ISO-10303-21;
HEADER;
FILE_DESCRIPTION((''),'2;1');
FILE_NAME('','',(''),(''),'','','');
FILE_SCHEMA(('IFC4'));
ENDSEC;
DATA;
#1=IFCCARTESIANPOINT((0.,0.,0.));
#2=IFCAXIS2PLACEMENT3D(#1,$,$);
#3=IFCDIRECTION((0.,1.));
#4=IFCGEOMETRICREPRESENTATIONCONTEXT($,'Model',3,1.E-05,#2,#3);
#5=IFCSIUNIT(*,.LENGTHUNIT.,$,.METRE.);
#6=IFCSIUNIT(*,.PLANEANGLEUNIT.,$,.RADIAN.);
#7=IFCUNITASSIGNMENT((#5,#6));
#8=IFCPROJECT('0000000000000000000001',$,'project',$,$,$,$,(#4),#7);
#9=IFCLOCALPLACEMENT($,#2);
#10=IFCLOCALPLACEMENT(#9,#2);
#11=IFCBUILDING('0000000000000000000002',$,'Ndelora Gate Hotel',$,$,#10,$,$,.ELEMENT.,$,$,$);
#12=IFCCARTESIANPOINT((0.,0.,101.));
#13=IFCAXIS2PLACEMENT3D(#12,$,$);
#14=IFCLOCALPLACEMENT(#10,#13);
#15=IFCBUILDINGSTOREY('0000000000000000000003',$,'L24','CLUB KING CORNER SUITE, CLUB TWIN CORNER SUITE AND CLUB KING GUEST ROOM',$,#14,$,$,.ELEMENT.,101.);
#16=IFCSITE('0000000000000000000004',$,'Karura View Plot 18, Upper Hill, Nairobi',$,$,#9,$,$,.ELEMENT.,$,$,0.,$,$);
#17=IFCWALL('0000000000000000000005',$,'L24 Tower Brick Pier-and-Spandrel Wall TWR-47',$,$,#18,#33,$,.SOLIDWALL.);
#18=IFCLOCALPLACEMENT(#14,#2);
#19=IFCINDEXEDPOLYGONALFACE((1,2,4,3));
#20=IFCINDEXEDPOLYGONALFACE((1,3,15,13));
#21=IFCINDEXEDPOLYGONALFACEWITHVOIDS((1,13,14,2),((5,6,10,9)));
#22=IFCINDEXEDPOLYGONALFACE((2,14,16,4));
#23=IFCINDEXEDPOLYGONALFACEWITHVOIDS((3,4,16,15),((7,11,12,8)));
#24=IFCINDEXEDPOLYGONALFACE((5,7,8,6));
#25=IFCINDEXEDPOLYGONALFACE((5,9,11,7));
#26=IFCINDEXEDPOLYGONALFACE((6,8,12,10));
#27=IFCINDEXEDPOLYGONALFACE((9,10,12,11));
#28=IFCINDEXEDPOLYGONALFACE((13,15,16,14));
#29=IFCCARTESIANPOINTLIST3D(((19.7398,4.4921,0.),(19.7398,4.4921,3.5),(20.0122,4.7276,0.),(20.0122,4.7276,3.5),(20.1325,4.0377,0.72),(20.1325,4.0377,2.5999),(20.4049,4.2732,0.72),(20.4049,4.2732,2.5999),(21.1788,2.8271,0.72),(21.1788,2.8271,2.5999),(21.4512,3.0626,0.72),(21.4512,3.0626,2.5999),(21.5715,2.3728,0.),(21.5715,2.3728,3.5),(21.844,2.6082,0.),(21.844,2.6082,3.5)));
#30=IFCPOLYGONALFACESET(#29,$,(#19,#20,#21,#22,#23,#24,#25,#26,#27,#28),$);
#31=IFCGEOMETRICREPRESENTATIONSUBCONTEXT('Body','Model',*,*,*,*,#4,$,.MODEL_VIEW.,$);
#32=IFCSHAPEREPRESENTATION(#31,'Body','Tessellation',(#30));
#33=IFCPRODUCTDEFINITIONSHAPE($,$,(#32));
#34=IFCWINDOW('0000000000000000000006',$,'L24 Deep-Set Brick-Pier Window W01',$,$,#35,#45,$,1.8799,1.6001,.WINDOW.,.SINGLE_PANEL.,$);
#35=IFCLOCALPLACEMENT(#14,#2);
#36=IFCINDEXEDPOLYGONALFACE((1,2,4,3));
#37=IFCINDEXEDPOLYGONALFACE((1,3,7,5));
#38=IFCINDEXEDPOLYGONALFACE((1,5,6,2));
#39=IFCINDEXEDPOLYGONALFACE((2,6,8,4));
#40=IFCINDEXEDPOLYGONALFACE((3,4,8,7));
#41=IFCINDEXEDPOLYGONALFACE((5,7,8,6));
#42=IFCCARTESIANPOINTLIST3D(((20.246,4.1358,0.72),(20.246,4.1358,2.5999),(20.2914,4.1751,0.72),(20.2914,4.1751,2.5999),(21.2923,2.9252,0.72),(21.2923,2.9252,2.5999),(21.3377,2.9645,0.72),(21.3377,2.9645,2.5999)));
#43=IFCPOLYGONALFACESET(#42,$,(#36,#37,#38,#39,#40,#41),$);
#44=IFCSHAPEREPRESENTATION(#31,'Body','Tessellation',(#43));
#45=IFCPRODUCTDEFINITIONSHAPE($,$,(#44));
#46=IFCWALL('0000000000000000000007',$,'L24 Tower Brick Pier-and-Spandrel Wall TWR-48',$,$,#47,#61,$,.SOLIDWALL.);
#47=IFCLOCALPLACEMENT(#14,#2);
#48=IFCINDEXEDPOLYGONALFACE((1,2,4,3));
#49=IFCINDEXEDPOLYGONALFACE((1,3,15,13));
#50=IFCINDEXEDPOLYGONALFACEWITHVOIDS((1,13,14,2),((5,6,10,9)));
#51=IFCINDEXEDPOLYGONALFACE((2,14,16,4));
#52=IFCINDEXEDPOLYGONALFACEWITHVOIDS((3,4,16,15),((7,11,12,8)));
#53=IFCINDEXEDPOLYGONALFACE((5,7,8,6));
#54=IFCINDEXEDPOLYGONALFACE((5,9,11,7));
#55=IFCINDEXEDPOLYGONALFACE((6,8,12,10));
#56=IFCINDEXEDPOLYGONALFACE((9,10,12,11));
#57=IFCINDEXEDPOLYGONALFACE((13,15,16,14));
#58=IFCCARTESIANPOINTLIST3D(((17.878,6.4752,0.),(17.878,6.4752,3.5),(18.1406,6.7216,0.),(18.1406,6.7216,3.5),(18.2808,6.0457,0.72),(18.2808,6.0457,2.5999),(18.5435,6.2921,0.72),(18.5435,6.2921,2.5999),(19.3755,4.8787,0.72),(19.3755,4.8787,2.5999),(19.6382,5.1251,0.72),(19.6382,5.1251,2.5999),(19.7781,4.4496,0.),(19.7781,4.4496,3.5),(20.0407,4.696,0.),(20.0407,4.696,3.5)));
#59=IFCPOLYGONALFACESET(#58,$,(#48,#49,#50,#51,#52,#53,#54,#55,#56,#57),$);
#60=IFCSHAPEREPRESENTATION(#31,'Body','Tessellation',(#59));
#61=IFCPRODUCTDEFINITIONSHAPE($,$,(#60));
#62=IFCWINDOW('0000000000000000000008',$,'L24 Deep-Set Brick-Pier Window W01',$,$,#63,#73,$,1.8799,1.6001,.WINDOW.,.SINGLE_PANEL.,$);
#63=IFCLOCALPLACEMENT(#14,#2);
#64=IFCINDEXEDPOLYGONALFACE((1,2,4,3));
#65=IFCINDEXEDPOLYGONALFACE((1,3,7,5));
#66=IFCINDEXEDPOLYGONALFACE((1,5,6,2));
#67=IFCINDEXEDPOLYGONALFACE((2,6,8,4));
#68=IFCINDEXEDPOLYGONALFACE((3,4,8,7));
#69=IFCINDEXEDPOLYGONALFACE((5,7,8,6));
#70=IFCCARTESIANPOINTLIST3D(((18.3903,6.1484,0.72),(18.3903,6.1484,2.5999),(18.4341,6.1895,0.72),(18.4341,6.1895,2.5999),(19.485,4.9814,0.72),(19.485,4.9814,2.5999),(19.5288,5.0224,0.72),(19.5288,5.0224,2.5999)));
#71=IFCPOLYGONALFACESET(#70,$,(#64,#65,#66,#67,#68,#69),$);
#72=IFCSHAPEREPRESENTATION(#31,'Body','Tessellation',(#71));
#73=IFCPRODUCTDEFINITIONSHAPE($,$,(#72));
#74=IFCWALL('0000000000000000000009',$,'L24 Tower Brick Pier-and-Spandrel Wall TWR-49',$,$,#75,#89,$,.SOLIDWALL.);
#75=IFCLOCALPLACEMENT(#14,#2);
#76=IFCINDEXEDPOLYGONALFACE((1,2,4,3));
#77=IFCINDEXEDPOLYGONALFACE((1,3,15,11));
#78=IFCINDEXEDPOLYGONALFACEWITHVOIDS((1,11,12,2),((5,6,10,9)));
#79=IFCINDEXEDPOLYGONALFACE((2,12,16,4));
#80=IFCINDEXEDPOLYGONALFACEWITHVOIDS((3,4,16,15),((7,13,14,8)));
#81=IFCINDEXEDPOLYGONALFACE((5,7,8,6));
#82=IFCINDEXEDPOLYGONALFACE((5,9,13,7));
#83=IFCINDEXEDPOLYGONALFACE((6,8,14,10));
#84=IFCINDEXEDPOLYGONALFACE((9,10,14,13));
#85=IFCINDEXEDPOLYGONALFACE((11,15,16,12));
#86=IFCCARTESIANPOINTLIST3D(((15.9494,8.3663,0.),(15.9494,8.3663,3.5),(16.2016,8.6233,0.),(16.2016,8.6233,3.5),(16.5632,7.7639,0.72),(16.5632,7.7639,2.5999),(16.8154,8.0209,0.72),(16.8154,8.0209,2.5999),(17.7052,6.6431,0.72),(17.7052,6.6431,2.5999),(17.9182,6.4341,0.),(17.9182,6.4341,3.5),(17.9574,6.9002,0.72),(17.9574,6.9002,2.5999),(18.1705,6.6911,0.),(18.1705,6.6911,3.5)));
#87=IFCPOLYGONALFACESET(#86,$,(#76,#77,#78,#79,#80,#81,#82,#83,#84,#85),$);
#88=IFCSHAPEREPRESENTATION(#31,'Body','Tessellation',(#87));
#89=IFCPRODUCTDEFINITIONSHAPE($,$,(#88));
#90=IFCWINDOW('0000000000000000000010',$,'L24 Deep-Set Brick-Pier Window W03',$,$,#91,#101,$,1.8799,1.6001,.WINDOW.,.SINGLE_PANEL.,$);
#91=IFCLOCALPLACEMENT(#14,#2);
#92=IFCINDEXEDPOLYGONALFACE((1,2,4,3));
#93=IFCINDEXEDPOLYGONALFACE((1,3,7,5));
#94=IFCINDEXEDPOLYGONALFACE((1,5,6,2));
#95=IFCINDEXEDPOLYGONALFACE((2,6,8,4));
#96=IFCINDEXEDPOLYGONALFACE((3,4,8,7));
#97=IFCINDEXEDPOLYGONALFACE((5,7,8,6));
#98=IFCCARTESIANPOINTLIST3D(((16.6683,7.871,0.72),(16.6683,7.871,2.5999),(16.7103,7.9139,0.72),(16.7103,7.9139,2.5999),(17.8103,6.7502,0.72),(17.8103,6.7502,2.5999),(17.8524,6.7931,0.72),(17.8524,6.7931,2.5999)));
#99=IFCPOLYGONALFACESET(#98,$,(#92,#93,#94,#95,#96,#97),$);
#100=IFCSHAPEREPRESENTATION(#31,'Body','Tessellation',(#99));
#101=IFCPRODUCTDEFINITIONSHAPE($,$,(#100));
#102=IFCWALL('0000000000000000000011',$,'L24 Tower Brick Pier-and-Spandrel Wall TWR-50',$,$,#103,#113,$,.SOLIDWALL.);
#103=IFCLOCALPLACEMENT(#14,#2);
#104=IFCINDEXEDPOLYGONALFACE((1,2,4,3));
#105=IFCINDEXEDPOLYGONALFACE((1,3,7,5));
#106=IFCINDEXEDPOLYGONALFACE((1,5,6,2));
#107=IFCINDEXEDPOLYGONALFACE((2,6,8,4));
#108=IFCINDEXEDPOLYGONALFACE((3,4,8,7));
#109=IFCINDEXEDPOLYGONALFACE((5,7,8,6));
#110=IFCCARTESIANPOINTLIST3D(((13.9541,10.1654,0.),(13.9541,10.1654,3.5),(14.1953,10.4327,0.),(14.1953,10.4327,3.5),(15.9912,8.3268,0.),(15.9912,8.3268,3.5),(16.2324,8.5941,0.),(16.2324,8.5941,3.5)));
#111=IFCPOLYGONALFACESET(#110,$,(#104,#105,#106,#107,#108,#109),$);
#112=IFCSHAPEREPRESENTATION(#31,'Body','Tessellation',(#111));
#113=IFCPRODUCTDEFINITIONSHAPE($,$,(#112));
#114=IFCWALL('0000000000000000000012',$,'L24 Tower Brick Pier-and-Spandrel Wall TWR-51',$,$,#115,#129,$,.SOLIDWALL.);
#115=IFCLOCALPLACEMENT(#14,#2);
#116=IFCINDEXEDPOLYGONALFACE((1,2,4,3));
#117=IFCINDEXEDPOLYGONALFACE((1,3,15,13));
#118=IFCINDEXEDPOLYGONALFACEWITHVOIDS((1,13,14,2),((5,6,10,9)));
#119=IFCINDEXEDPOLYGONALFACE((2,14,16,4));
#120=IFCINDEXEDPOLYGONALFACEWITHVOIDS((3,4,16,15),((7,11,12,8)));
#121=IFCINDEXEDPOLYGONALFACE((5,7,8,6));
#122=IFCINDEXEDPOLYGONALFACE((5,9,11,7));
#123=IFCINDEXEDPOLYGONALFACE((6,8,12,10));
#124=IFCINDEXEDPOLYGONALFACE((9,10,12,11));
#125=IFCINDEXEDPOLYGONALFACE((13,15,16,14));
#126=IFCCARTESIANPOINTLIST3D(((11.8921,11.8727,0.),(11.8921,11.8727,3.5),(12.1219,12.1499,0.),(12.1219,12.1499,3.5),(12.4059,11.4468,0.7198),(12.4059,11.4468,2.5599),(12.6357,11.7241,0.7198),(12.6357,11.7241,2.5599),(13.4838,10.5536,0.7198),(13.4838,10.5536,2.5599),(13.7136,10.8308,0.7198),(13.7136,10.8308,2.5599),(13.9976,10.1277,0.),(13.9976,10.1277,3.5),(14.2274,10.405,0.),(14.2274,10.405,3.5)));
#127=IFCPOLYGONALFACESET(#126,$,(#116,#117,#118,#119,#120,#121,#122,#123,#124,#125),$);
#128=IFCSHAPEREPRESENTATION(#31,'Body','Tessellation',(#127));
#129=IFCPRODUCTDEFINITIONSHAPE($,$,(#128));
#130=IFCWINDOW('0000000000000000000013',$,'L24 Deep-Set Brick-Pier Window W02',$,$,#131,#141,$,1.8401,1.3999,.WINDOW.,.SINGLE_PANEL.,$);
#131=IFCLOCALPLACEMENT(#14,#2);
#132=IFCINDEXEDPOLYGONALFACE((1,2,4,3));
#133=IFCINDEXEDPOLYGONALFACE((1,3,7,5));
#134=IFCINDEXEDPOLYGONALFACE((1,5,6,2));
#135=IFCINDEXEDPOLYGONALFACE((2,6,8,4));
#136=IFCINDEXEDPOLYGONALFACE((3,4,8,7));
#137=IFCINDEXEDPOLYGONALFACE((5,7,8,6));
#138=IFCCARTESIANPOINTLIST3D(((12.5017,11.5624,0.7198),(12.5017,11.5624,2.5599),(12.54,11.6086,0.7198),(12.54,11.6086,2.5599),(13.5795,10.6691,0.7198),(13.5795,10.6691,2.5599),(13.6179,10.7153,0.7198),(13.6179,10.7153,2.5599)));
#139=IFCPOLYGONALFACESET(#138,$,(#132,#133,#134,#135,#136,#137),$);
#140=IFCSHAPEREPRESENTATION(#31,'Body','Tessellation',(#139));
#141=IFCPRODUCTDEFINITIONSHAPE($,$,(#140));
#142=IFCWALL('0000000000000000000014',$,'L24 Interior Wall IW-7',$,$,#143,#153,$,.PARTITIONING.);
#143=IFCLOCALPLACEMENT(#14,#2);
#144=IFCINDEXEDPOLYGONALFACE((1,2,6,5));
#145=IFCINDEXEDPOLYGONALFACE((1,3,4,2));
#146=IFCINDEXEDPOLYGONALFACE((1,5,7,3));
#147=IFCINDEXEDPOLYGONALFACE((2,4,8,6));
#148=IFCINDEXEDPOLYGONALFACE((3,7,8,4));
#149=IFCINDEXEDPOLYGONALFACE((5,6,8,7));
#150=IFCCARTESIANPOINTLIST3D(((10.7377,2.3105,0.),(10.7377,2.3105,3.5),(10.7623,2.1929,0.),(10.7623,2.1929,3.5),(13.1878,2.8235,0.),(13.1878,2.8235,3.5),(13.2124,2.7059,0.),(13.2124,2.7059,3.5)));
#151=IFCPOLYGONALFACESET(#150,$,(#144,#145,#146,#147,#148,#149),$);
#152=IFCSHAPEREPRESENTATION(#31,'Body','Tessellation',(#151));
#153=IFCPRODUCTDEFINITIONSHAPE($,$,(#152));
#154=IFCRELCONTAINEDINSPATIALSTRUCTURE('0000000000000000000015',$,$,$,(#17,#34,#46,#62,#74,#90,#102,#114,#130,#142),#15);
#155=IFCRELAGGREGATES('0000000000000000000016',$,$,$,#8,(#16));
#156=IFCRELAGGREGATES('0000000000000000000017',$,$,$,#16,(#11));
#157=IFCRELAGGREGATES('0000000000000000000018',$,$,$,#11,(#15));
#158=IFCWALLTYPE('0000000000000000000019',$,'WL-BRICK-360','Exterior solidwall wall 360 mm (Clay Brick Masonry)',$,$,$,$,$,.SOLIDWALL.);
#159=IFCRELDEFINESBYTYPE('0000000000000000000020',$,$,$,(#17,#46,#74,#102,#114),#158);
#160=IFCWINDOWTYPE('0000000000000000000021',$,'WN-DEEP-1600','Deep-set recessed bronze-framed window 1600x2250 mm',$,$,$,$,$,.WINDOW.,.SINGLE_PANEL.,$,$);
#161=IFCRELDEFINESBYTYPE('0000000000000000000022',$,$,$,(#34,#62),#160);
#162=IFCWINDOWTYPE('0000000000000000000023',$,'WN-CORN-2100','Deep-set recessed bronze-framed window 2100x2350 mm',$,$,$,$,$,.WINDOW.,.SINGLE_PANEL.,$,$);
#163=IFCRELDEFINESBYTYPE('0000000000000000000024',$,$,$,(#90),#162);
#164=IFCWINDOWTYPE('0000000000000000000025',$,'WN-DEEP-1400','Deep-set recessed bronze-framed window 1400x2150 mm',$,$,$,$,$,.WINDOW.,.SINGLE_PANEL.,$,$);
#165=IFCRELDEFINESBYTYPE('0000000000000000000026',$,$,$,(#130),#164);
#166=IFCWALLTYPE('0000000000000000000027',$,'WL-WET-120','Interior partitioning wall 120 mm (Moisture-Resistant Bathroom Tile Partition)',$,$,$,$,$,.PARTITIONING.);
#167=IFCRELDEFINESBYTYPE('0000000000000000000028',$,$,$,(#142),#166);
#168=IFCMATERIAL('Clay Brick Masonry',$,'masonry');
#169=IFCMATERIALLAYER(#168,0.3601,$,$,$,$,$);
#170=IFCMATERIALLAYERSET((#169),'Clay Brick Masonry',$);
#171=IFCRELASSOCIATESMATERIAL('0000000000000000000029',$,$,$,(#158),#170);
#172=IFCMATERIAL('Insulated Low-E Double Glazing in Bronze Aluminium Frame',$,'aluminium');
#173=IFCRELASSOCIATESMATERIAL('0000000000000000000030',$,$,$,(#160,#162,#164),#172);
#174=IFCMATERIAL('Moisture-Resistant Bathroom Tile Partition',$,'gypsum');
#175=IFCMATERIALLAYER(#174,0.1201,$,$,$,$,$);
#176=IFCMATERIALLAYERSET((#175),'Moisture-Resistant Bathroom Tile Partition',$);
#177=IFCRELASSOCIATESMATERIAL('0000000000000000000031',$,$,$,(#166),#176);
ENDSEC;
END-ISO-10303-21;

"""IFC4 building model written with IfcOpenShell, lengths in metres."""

from ifc_helpers import new_model, si_unit, direction, frame, frame_2d, origin, place, context, subcontext, project, spatial, rectangle, extrude, material, layer, layer_set, type_object, element, fill, save


model = new_model("IFC4")

# Units and contexts
model_context = context("Model", 3, precision=1e-05, world=origin(), true_north=direction((0.0, 1.0)))
body_context = subcontext(model_context, "Body", "Model", "MODEL_VIEW")
ifc_project = project(units=[si_unit("LENGTHUNIT", "METRE"), si_unit("PLANEANGLEUNIT", "RADIAN")], contexts=[model_context])

# Site, building, storey
site_placement = place(None, origin())
site = spatial("IfcSite", under=ifc_project, at=site_placement, Name="Karura View Plot 18, Upper Hill, Nairobi", CompositionType="ELEMENT", RefElevation=0.0)
building_placement = place(site_placement, origin())
building = spatial("IfcBuilding", under=site, at=building_placement, Name="Ndelora Gate Hotel", CompositionType="ELEMENT")
storey_placement = place(building_placement, frame((0.0, 0.0, 101.0)))
storey = spatial("IfcBuildingStorey", under=building, at=storey_placement, Name="L24", Description="CLUB KING CORNER SUITE, CLUB TWIN CORNER SUITE AND CLUB KING GUEST ROOM", CompositionType="ELEMENT", Elevation=101.0)

# Shared definitions
ifc_material_1 = material(Name="Clay Brick Masonry", Category="masonry")
ifc_layer_1 = layer(ifc_material_1, 0.3601)
ifc_layer_set_1 = layer_set([ifc_layer_1], Name="Clay Brick Masonry")
wall_type_1 = type_object("IfcWallType", Name="WL-BRICK-360", Description="Exterior solidwall wall 360 mm (Clay Brick Masonry)", PredefinedType="SOLIDWALL", material=ifc_layer_set_1)

# Walls, openings, windows
wall_1_placement = place(storey_placement, frame((19.876, 4.6099, 0.0), z_axis=(0.0, 0.0, 1.0), x_axis=(0.653908, -0.756574, 0.0)))
wall_1 = element("IfcWall", 1, at=wall_1_placement, inside=storey, type_object=wall_type_1, Name="L24 Tower Brick Pier-and-Spandrel Wall TWR-47", PredefinedType="SOLIDWALL", context=body_context, shape_type="SweptSolid", body=[
    extrude(rectangle(XDim=2.8013, YDim=0.3601, at=frame_2d((1.4006, 0.0))), origin(), (0.0, 0.0, 1.0), 3.5),
])
opening_1_placement = place(wall_1_placement, frame((0.6006, 0.0, 0.72)))
opening_1 = element("IfcOpeningElement", 2, at=opening_1_placement, cuts=wall_1, PredefinedType="OPENING", context=body_context, shape_type="SweptSolid", body=[
    extrude(rectangle(XDim=1.6001, YDim=1.8799, at=frame_2d((0.8, 0.9399))), frame((0.0, 0.1899, 0.0), z_axis=(0.0, -1.0, 0.0), x_axis=(1.0, 0.0, 0.0)), (0.0, 0.0, 1.0), 0.3801),
])
ifc_material_2 = material(Name="Insulated Low-E Double Glazing in Bronze Aluminium Frame", Category="aluminium")
window_type_1 = type_object("IfcWindowType", Name="WN-DEEP-1600", Description="Deep-set recessed bronze-framed window 1600x2250 mm", PartitioningType="SINGLE_PANEL", PredefinedType="WINDOW", material=ifc_material_2)
window_1_placement = place(opening_1_placement, origin())
window_1 = element("IfcWindow", 3, at=window_1_placement, inside=storey, type_object=window_type_1, Name="L24 Deep-Set Brick-Pier Window W01", OverallHeight=1.8799, OverallWidth=1.6001, PartitioningType="SINGLE_PANEL", PredefinedType="WINDOW", context=body_context, shape_type="SweptSolid", body=[
    extrude(rectangle(XDim=1.6001, YDim=1.8799, at=frame_2d((0.8, 0.9399))), frame((0.0, 0.03, 0.0), z_axis=(0.0, -1.0, 0.0), x_axis=(1.0, 0.0, 0.0)), (0.0, 0.0, 1.0), 0.0601),
])
fill(opening_1, window_1)
wall_2_placement = place(storey_placement, frame((18.0093, 6.5984, 0.0), z_axis=(0.0, 0.0, 1.0), x_axis=(0.684155, -0.729337, 0.0)))
wall_2 = element("IfcWall", 4, at=wall_2_placement, inside=storey, type_object=wall_type_1, Name="L24 Tower Brick Pier-and-Spandrel Wall TWR-48", PredefinedType="SOLIDWALL", context=body_context, shape_type="SweptSolid", body=[
    extrude(rectangle(XDim=2.7773, YDim=0.3601, at=frame_2d((1.3887, 0.0))), origin(), (0.0, 0.0, 1.0), 3.5),
])
opening_2_placement = place(wall_2_placement, frame((0.5889, 0.0, 0.72)))
opening_2 = element("IfcOpeningElement", 5, at=opening_2_placement, cuts=wall_2, PredefinedType="OPENING", context=body_context, shape_type="SweptSolid", body=[
    extrude(rectangle(XDim=1.6001, YDim=1.8799, at=frame_2d((0.8, 0.9399))), frame((0.0, 0.1899, 0.0), z_axis=(0.0, -1.0, 0.0), x_axis=(1.0, 0.0, 0.0)), (0.0, 0.0, 1.0), 0.3801),
])
window_2_placement = place(opening_2_placement, origin())
window_2 = element("IfcWindow", 6, at=window_2_placement, inside=storey, type_object=window_type_1, Name="L24 Deep-Set Brick-Pier Window W01", OverallHeight=1.8799, OverallWidth=1.6001, PartitioningType="SINGLE_PANEL", PredefinedType="WINDOW", context=body_context, shape_type="SweptSolid", body=[
    extrude(rectangle(XDim=1.6001, YDim=1.8799, at=frame_2d((0.8, 0.9399))), frame((0.0, 0.03, 0.0), z_axis=(0.0, -1.0, 0.0), x_axis=(1.0, 0.0, 0.0)), (0.0, 0.0, 1.0), 0.0601),
])
fill(opening_2, window_2)
wall_3_placement = place(storey_placement, frame((16.0754, 8.4949, 0.0), z_axis=(0.0, 0.0, 1.0), x_axis=(0.713714, -0.700438, 0.0)))
wall_3 = element("IfcWall", 7, at=wall_3_placement, inside=storey, type_object=wall_type_1, Name="L24 Tower Brick Pier-and-Spandrel Wall TWR-49", PredefinedType="SOLIDWALL", context=body_context, shape_type="SweptSolid", body=[
    extrude(rectangle(XDim=2.7585, YDim=0.3601, at=frame_2d((1.3794, 0.0))), origin(), (0.0, 0.0, 1.0), 3.5),
])
opening_3_placement = place(wall_3_placement, frame((0.8601, 0.0, 0.72)))
opening_3 = element("IfcOpeningElement", 8, at=opening_3_placement, cuts=wall_3, PredefinedType="OPENING", context=body_context, shape_type="SweptSolid", body=[
    extrude(rectangle(XDim=1.6001, YDim=1.8799, at=frame_2d((0.8, 0.9399))), frame((0.0, 0.1899, 0.0), z_axis=(0.0, -1.0, 0.0), x_axis=(1.0, 0.0, 0.0)), (0.0, 0.0, 1.0), 0.3801),
])
window_type_2 = type_object("IfcWindowType", Name="WN-CORN-2100", Description="Deep-set recessed bronze-framed window 2100x2350 mm", PartitioningType="SINGLE_PANEL", PredefinedType="WINDOW", material=ifc_material_2)
window_3_placement = place(opening_3_placement, origin())
window_3 = element("IfcWindow", 9, at=window_3_placement, inside=storey, type_object=window_type_2, Name="L24 Deep-Set Brick-Pier Window W03", OverallHeight=1.8799, OverallWidth=1.6001, PartitioningType="SINGLE_PANEL", PredefinedType="WINDOW", context=body_context, shape_type="SweptSolid", body=[
    extrude(rectangle(XDim=1.6001, YDim=1.8799, at=frame_2d((0.8, 0.9399))), frame((0.0, 0.03, 0.0), z_axis=(0.0, -1.0, 0.0), x_axis=(1.0, 0.0, 0.0)), (0.0, 0.0, 1.0), 0.0601),
])
fill(opening_3, window_3)

# Wall
wall_4_placement = place(storey_placement, frame((14.0747, 10.2991, 0.0), z_axis=(0.0, 0.0, 1.0), x_axis=(0.742347, -0.670016, 0.0)))
element("IfcWall", 10, at=wall_4_placement, inside=storey, type_object=wall_type_1, Name="L24 Tower Brick Pier-and-Spandrel Wall TWR-50", PredefinedType="SOLIDWALL", context=body_context, shape_type="SweptSolid", body=[
    extrude(rectangle(XDim=2.7441, YDim=0.3601, at=frame_2d((1.3721, 0.0))), origin(), (0.0, 0.0, 1.0), 3.5),
])

# Wall, opening, window
wall_5_placement = place(storey_placement, frame((12.0071, 12.0112, 0.0), z_axis=(0.0, 0.0, 1.0), x_axis=(0.76996, -0.638092, 0.0)))
wall_5 = element("IfcWall", 11, at=wall_5_placement, inside=storey, type_object=wall_type_1, Name="L24 Tower Brick Pier-and-Spandrel Wall TWR-51", PredefinedType="SOLIDWALL", context=body_context, shape_type="SweptSolid", body=[
    extrude(rectangle(XDim=2.7346, YDim=0.3601, at=frame_2d((1.3672, 0.0))), origin(), (0.0, 0.0, 1.0), 3.5),
])
opening_4_placement = place(wall_5_placement, frame((0.6672, 0.0, 0.72)))
opening_4 = element("IfcOpeningElement", 12, at=opening_4_placement, cuts=wall_5, PredefinedType="OPENING", context=body_context, shape_type="SweptSolid", body=[
    extrude(rectangle(XDim=1.3999, YDim=1.8401, at=frame_2d((0.7, 0.9199))), frame((0.0, 0.1899, 0.0), z_axis=(0.0, -1.0, 0.0), x_axis=(1.0, 0.0, 0.0)), (0.0, 0.0, 1.0), 0.3801),
])
window_type_3 = type_object("IfcWindowType", Name="WN-DEEP-1400", Description="Deep-set recessed bronze-framed window 1400x2150 mm", PartitioningType="SINGLE_PANEL", PredefinedType="WINDOW", material=ifc_material_2)
window_4_placement = place(opening_4_placement, origin())
window_4 = element("IfcWindow", 13, at=window_4_placement, inside=storey, type_object=window_type_3, Name="L24 Deep-Set Brick-Pier Window W02", OverallHeight=1.8401, OverallWidth=1.3999, PartitioningType="SINGLE_PANEL", PredefinedType="WINDOW", context=body_context, shape_type="SweptSolid", body=[
    extrude(rectangle(XDim=1.3999, YDim=1.8401, at=frame_2d((0.7, 0.9199))), frame((0.0, 0.03, 0.0), z_axis=(0.0, -1.0, 0.0), x_axis=(1.0, 0.0, 0.0)), (0.0, 0.0, 1.0), 0.0601),
])
fill(opening_4, window_4)

# Wall
ifc_material_3 = material(Name="Moisture-Resistant Bathroom Tile Partition", Category="gypsum")
ifc_layer_2 = layer(ifc_material_3, 0.1201)
ifc_layer_set_2 = layer_set([ifc_layer_2], Name="Moisture-Resistant Bathroom Tile Partition")
wall_type_2 = type_object("IfcWallType", Name="WL-WET-120", Description="Interior partitioning wall 120 mm (Moisture-Resistant Bathroom Tile Partition)", PredefinedType="PARTITIONING", material=ifc_layer_set_2)
wall_6_placement = place(storey_placement, frame((13.2, 2.7646, 0.0), z_axis=(0.0, 0.0, 1.0), x_axis=(-0.978778, -0.204924, 0.0)))
element("IfcWall", 14, at=wall_6_placement, inside=storey, type_object=wall_type_2, Name="L24 Interior Wall IW-7", PredefinedType="PARTITIONING", context=body_context, shape_type="SweptSolid", body=[
    extrude(rectangle(XDim=2.5032, YDim=0.1201, at=frame_2d((1.2515, 0.0))), origin(), (0.0, 0.0, 1.0), 3.5),
])

save(model, "model.ifc")
